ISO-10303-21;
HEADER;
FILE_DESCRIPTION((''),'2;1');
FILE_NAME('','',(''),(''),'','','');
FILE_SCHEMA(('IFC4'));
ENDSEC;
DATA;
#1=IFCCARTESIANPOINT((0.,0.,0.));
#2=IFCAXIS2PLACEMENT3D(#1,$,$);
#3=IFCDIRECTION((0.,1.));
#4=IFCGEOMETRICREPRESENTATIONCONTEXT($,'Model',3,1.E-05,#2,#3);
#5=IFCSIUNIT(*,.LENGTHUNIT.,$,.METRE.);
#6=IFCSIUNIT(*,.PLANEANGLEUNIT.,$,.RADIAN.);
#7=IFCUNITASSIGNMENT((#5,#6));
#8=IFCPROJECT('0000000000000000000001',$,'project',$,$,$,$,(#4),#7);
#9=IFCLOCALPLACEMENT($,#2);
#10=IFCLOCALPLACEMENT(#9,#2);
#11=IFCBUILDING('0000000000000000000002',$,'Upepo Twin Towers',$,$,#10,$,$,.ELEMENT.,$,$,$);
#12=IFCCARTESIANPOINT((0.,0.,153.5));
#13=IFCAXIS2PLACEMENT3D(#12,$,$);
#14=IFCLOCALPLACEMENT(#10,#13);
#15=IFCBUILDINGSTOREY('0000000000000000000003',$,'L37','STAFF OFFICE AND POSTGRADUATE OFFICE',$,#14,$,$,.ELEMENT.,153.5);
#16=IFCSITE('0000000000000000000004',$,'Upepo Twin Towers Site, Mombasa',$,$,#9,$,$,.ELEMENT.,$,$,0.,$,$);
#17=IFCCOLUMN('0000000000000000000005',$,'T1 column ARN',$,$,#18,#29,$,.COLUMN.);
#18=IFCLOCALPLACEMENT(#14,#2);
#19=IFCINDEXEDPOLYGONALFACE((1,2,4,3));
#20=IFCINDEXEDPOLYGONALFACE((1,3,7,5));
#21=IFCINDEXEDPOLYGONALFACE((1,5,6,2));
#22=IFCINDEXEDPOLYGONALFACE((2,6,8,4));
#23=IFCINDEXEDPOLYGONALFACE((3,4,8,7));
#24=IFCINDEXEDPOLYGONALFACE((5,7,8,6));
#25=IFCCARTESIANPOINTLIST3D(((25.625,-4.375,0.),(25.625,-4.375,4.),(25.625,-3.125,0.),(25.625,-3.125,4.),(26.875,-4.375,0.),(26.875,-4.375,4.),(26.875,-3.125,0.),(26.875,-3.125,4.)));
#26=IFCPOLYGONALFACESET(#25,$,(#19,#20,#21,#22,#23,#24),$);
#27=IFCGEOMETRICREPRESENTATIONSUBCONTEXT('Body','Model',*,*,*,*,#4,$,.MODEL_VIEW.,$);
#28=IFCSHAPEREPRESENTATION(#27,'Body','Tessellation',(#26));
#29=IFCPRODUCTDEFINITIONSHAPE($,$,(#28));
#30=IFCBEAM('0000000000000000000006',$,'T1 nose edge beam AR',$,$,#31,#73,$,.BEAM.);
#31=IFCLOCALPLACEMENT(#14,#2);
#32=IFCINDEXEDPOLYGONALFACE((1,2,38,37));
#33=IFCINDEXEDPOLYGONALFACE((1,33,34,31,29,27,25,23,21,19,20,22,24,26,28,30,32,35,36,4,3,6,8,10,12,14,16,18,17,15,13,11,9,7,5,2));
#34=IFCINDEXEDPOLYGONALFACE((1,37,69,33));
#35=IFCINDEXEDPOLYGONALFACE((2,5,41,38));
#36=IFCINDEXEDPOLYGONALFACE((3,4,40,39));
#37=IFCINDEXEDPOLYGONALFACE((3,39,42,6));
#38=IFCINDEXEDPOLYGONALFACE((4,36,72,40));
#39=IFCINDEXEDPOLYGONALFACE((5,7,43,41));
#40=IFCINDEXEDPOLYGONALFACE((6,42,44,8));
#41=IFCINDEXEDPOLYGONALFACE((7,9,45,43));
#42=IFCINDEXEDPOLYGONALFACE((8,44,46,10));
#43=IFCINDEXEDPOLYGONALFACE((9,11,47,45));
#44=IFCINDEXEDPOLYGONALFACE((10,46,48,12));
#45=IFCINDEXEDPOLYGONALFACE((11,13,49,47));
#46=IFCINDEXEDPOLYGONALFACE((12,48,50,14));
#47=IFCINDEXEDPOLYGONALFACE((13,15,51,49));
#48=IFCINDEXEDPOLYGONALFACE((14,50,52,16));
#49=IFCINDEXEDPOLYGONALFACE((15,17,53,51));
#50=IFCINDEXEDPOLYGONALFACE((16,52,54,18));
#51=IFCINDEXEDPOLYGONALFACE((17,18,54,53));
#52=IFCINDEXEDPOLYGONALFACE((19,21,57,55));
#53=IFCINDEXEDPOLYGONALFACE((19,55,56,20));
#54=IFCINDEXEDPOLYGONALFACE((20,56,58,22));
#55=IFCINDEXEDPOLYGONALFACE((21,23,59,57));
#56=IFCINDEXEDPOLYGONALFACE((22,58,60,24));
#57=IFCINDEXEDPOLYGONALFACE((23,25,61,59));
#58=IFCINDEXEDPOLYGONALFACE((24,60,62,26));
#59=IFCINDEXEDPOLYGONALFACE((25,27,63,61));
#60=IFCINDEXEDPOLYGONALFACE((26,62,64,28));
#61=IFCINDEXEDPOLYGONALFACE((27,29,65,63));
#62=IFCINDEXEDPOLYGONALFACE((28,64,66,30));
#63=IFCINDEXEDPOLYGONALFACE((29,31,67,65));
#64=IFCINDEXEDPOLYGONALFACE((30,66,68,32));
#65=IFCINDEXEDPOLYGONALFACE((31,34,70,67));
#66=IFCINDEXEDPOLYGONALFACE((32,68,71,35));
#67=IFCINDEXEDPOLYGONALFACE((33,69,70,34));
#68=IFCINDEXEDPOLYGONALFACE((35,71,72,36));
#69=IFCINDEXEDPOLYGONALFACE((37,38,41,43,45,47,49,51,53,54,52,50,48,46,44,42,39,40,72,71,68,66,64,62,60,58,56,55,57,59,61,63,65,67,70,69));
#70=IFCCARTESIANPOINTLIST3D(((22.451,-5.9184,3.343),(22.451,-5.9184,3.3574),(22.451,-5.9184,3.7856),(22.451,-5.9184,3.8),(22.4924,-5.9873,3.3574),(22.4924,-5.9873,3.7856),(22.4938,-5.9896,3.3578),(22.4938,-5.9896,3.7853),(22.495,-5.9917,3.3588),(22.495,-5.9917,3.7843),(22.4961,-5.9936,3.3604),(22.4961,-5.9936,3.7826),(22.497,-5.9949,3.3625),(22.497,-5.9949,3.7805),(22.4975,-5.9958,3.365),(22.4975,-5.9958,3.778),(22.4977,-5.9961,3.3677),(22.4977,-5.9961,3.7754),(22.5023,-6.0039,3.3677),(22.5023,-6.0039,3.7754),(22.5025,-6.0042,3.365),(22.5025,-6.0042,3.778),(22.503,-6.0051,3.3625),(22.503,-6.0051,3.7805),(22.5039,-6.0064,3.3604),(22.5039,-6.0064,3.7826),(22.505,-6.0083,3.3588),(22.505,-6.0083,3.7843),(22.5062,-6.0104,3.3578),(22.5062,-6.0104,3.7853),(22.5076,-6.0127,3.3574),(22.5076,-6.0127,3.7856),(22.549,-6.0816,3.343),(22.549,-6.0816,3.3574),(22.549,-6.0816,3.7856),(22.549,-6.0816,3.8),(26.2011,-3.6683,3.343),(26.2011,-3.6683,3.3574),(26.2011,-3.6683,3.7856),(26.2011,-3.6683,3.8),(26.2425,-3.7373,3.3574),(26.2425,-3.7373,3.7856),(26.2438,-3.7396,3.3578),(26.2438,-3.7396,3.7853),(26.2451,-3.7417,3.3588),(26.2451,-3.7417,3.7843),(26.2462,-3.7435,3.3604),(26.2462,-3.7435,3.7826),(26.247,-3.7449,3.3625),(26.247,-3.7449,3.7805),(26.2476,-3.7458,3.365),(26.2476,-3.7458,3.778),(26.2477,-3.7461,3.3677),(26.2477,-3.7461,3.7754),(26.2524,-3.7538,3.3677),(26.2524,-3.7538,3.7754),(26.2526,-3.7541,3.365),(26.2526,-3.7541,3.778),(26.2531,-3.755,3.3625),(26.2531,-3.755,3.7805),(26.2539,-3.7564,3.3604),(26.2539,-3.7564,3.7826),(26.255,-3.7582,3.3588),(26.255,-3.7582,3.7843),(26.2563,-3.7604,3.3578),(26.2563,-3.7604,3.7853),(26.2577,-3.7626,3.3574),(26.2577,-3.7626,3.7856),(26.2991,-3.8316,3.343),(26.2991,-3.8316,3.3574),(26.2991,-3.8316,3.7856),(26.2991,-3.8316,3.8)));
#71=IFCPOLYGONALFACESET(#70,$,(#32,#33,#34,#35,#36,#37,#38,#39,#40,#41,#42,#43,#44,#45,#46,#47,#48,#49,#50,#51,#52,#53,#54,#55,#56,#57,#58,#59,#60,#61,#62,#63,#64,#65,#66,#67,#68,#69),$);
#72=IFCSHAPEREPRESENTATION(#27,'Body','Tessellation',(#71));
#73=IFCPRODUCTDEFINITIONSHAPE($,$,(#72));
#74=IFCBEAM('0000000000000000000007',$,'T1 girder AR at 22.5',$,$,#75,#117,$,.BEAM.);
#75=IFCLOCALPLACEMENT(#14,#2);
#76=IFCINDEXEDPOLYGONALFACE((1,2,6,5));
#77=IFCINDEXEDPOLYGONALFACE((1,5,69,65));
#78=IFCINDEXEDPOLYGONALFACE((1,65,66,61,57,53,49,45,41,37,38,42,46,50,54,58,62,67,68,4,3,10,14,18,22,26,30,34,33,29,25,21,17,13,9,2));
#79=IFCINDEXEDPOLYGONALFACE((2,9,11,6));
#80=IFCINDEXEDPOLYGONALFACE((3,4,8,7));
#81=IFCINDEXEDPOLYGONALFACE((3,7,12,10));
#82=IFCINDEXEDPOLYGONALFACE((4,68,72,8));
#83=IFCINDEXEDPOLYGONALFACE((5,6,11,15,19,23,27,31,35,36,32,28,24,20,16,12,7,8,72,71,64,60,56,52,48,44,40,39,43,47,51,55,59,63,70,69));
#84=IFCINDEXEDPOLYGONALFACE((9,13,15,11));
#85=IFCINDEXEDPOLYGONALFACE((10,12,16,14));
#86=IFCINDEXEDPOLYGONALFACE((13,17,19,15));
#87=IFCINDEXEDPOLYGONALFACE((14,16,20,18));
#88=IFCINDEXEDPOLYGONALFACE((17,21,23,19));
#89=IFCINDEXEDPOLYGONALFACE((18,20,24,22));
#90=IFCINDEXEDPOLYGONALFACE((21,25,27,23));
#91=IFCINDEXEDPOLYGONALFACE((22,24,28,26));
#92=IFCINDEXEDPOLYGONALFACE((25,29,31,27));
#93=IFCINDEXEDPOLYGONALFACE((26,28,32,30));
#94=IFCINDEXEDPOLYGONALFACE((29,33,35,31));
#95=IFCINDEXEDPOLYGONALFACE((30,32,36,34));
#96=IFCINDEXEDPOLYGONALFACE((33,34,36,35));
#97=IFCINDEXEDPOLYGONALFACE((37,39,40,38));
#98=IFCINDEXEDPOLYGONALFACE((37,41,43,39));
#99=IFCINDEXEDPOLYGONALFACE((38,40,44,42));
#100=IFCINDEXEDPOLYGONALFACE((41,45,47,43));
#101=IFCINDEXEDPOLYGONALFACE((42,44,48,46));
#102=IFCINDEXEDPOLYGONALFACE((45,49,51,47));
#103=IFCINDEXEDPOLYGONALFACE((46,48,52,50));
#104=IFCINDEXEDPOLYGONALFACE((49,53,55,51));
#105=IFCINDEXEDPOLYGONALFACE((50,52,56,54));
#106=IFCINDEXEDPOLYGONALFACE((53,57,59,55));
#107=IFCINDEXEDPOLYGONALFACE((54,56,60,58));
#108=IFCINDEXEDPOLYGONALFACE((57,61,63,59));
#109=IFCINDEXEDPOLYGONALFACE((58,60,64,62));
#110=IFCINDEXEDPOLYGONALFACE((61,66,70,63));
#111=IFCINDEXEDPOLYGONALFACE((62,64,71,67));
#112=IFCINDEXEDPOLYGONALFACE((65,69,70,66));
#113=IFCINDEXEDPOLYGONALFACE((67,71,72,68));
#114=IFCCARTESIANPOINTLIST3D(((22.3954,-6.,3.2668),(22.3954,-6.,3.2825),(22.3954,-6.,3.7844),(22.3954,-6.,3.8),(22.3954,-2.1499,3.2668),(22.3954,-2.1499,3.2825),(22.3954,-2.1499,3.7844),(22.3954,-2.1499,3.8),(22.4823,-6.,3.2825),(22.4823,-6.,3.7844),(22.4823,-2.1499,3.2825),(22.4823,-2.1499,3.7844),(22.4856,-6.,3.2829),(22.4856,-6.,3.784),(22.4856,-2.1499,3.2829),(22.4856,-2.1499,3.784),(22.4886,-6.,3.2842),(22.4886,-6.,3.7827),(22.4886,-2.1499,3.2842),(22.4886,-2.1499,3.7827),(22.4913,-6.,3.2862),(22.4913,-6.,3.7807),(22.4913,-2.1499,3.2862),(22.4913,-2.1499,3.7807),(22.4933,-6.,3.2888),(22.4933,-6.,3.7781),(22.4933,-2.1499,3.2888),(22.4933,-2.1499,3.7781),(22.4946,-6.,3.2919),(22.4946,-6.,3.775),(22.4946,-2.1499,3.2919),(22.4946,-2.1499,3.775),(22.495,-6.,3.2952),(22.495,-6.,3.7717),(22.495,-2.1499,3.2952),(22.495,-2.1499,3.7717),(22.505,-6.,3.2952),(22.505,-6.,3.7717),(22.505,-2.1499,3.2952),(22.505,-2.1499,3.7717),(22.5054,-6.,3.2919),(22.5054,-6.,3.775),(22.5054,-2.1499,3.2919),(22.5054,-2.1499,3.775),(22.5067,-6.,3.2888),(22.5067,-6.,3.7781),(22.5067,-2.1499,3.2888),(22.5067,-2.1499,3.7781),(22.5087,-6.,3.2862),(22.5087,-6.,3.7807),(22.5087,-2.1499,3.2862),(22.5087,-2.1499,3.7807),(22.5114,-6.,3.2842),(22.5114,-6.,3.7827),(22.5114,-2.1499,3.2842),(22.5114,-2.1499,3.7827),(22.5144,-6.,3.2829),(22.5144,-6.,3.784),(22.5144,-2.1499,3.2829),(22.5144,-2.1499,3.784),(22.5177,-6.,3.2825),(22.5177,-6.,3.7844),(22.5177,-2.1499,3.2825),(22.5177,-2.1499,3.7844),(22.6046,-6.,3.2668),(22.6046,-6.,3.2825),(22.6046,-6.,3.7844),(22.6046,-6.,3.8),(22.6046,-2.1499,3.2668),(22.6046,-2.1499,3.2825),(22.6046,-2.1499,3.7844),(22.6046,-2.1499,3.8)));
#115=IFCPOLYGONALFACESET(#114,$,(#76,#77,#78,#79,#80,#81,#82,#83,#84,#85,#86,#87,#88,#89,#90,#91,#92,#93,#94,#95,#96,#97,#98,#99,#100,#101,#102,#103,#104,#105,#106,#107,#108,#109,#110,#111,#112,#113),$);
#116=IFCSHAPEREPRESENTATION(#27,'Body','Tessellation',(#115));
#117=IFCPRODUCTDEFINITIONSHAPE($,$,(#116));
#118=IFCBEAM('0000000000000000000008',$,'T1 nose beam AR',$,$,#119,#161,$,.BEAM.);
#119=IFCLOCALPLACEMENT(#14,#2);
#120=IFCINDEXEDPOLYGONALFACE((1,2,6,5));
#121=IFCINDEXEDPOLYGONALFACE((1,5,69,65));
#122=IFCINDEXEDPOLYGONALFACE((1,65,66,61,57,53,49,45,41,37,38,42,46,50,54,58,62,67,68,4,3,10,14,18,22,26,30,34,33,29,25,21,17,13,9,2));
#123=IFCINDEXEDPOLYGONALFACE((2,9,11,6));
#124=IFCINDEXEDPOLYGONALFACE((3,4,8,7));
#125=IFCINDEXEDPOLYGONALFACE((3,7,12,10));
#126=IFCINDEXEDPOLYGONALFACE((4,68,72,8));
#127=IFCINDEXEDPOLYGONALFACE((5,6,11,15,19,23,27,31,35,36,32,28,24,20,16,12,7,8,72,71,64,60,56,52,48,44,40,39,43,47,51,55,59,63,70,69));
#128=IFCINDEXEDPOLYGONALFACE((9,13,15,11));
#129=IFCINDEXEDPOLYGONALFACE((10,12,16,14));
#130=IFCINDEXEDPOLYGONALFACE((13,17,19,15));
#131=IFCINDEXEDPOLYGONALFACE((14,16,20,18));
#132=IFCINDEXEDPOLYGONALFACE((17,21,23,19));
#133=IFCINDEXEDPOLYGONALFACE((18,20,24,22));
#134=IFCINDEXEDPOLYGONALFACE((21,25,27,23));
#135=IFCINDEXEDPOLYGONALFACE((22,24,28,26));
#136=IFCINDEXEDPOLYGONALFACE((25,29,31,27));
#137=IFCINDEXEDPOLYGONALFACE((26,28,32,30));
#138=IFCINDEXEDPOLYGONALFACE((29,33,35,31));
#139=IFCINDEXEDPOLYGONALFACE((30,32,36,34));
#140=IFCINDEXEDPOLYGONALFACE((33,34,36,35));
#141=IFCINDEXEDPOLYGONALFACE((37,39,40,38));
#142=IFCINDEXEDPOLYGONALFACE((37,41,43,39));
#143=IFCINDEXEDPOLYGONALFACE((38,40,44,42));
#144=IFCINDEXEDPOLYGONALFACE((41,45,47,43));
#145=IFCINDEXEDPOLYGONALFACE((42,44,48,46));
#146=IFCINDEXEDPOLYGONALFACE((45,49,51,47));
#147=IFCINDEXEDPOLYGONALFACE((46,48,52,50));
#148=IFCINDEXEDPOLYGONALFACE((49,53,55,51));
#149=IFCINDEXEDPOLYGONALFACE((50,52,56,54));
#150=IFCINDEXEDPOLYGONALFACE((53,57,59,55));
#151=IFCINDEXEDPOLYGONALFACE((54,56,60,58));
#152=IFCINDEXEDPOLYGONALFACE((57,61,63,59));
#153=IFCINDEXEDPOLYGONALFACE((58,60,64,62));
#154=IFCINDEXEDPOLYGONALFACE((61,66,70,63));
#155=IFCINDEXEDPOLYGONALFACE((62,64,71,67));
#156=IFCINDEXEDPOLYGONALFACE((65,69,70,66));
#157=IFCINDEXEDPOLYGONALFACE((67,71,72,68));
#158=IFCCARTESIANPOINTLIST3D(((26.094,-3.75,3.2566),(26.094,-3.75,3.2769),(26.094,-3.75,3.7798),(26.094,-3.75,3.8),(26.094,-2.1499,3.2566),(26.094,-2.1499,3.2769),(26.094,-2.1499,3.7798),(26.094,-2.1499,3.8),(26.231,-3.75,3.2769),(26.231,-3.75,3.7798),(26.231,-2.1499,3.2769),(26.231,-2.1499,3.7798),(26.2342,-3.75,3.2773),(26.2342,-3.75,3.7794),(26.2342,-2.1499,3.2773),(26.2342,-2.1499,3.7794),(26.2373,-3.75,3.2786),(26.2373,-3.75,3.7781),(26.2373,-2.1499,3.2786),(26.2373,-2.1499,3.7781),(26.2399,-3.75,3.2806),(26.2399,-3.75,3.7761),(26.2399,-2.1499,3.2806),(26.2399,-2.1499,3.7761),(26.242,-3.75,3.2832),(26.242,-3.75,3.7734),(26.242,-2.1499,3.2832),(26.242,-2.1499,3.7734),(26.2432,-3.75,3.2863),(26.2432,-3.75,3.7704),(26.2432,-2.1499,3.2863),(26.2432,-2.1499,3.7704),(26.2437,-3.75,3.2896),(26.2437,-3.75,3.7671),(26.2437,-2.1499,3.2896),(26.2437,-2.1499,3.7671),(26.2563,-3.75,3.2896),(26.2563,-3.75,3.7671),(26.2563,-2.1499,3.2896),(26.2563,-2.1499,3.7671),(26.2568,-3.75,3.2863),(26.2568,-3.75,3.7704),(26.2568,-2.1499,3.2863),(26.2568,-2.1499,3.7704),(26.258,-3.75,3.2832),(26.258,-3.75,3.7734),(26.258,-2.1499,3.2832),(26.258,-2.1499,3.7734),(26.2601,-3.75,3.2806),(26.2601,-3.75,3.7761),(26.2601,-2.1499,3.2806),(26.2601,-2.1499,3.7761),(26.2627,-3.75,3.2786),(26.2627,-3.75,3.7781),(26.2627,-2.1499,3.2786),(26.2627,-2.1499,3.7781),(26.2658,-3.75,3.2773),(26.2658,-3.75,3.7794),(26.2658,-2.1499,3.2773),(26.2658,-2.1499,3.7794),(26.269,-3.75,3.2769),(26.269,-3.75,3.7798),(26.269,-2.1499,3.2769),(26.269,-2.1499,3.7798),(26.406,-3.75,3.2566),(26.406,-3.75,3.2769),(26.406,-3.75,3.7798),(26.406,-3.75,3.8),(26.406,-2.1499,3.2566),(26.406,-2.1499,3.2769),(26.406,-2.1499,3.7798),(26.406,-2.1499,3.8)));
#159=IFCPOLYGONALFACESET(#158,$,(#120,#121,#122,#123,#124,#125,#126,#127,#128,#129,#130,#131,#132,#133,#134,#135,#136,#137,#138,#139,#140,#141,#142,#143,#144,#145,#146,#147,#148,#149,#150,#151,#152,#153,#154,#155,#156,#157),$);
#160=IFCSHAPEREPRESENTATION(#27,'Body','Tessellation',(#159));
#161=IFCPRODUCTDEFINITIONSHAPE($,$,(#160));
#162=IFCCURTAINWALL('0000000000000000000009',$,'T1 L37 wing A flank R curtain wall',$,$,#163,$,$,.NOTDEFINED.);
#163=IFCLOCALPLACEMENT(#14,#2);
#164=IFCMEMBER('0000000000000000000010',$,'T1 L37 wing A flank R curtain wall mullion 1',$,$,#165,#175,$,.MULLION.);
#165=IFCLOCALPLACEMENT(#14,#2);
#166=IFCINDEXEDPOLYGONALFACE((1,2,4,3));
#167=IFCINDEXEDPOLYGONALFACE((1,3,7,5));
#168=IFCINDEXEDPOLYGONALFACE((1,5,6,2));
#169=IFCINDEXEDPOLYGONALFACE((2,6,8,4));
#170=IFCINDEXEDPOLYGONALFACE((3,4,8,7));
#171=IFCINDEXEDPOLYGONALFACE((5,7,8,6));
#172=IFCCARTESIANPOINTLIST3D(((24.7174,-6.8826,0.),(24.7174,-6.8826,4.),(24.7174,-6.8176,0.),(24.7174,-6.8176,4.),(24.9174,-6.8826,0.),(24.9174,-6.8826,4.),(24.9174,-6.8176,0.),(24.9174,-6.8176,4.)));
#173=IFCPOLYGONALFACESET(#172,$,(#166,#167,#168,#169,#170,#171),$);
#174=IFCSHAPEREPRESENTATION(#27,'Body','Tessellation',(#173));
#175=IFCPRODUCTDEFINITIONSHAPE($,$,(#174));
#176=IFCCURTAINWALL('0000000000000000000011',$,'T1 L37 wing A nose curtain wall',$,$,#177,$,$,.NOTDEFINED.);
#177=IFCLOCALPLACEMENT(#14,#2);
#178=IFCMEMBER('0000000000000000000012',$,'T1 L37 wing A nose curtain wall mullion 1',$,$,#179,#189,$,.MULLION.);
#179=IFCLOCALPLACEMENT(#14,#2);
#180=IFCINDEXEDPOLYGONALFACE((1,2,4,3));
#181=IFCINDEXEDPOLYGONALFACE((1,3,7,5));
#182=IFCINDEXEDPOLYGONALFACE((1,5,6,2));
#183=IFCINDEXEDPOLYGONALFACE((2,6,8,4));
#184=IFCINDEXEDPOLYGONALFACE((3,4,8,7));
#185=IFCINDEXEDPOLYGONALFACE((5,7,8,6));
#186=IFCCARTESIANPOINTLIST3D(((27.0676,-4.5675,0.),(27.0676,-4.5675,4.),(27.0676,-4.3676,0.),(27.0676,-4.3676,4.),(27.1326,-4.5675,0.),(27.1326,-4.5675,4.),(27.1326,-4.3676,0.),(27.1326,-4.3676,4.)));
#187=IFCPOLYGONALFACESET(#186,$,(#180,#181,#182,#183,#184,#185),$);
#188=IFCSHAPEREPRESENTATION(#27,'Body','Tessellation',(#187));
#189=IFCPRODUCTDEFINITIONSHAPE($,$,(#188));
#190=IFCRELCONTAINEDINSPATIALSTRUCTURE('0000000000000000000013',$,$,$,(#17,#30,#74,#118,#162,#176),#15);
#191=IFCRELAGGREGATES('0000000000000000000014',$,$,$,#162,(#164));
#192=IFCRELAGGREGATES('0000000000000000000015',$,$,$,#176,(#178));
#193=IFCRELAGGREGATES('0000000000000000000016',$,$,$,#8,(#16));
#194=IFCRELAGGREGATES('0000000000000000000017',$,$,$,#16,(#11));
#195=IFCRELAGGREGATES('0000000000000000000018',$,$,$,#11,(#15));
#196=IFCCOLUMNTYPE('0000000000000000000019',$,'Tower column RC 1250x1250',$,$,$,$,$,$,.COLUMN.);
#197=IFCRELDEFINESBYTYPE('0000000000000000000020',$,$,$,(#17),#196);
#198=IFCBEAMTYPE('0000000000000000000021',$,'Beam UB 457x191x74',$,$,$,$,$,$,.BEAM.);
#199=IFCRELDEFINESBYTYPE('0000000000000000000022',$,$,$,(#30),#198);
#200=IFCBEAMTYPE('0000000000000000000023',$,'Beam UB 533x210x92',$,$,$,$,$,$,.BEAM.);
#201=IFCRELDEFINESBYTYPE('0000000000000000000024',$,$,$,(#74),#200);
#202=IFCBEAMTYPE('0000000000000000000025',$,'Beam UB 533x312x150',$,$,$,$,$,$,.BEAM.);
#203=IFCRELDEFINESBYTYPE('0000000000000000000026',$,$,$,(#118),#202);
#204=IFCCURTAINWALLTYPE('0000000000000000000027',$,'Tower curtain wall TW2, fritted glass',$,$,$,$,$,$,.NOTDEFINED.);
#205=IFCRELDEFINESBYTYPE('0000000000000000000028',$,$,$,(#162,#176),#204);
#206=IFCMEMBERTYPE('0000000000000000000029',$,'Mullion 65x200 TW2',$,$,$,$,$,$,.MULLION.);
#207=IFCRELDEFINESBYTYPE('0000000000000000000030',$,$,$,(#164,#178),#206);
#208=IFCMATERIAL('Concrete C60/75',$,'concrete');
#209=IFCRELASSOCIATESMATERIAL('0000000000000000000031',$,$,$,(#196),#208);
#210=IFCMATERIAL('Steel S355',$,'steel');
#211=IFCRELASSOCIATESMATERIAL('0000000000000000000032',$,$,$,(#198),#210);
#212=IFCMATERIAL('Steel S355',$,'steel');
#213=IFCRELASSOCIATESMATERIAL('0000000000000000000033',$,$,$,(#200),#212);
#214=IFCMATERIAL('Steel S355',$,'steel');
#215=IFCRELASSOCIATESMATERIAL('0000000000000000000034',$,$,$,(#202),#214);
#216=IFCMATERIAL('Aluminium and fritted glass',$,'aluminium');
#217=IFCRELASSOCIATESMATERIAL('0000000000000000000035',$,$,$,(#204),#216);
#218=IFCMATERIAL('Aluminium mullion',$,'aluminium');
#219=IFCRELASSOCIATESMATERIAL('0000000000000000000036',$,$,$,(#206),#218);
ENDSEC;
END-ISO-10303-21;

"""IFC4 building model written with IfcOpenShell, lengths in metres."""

from ifc_helpers import new_model, si_unit, direction, frame, origin, origin_2d, place, context, subcontext, project, spatial, rectangle, i_section, extrude, material, material_profile, profile_set, type_object, element, aggregate, save


model = new_model("IFC4")

# Units and contexts
model_context = context("Model", 3, precision=1e-05, world=origin(), true_north=direction((0.0, 1.0)))
body_context = subcontext(model_context, "Body", "Model", "MODEL_VIEW")
ifc_project = project(units=[si_unit("LENGTHUNIT", "METRE"), si_unit("PLANEANGLEUNIT", "RADIAN")], contexts=[model_context])

# Site, building, storey
site_placement = place(None, origin())
site = spatial("IfcSite", under=ifc_project, at=site_placement, Name="Upepo Twin Towers Site, Mombasa", CompositionType="ELEMENT", RefElevation=0.0)
building_placement = place(site_placement, origin())
building = spatial("IfcBuilding", under=site, at=building_placement, Name="Upepo Twin Towers", CompositionType="ELEMENT")
storey_placement = place(building_placement, frame((0.0, 0.0, 153.5)))
storey = spatial("IfcBuildingStorey", under=building, at=storey_placement, Name="L37", Description="STAFF OFFICE AND POSTGRADUATE OFFICE", CompositionType="ELEMENT", Elevation=153.5)

# Column
ifc_material_1 = material(Name="Concrete C60/75", Category="concrete")
ifc_material_profile_1 = material_profile(ifc_material_1, rectangle(XDim=1.25, YDim=1.25, at=origin_2d()), Name="RC 1250x1250")
ifc_profile_set_1 = profile_set([ifc_material_profile_1], Name="Concrete C60/75")
column_type = type_object("IfcColumnType", Name="Tower column RC 1250x1250", PredefinedType="COLUMN", material=ifc_profile_set_1)
column_placement = place(storey_placement, frame((26.25, -3.75, 0.0), z_axis=(0.0, 0.0, 1.0), x_axis=(1.0, 0.0, 0.0)))
element("IfcColumn", 1, at=column_placement, inside=storey, type_object=column_type, Name="T1 column ARN", PredefinedType="COLUMN", context=body_context, shape_type="SweptSolid", body=[
    extrude(rectangle(XDim=1.25, YDim=1.25, at=origin_2d()), origin(), (0.0, 0.0, 1.0), 4.0),
])

# Beams
ifc_material_2 = material(Name="Steel S355", Category="steel")
ifc_material_profile_2 = material_profile(ifc_material_2, i_section(OverallWidth=0.1904, OverallDepth=0.457, WebThickness=0.009, FlangeThickness=0.0144, FilletRadius=0.0103, at=origin_2d()), Name="UB 457x191x74")
ifc_profile_set_2 = profile_set([ifc_material_profile_2], Name="Steel S355")
beam_type_1 = type_object("IfcBeamType", Name="Beam UB 457x191x74", PredefinedType="BEAM", material=ifc_profile_set_2)
beam_1_placement = place(storey_placement, frame((22.5, -6.0, 3.5715), z_axis=(0.857493, 0.514496, 0.0), x_axis=(-0.514496, 0.857493, 0.0)))
element("IfcBeam", 2, at=beam_1_placement, inside=storey, type_object=beam_type_1, Name="T1 nose edge beam AR", PredefinedType="BEAM", context=body_context, shape_type="SweptSolid", body=[
    extrude(i_section(OverallWidth=0.1904, OverallDepth=0.457, WebThickness=0.009, FlangeThickness=0.0144, FilletRadius=0.0103, at=origin_2d()), origin(), (0.0, 0.0, 1.0), 4.3733),
])
ifc_material_3 = material(Name="Steel S355", Category="steel")
ifc_material_profile_3 = material_profile(ifc_material_3, i_section(OverallWidth=0.2092, OverallDepth=0.5332, WebThickness=0.01, FlangeThickness=0.0156, FilletRadius=0.0127, at=origin_2d()), Name="UB 533x210x92")
ifc_profile_set_3 = profile_set([ifc_material_profile_3], Name="Steel S355")
beam_type_2 = type_object("IfcBeamType", Name="Beam UB 533x210x92", PredefinedType="BEAM", material=ifc_profile_set_3)
beam_2_placement = place(storey_placement, frame((22.5, -6.0, 3.5334), z_axis=(0.0, 1.0, 0.0), x_axis=(-1.0, 0.0, 0.0)))
element("IfcBeam", 3, at=beam_2_placement, inside=storey, type_object=beam_type_2, Name="T1 girder AR at 22.5", PredefinedType="BEAM", context=body_context, shape_type="SweptSolid", body=[
    extrude(i_section(OverallWidth=0.2092, OverallDepth=0.5332, WebThickness=0.01, FlangeThickness=0.0156, FilletRadius=0.0127, at=origin_2d()), origin(), (0.0, 0.0, 1.0), 3.8501),
])
ifc_material_4 = material(Name="Steel S355", Category="steel")
ifc_material_profile_4 = material_profile(ifc_material_4, i_section(OverallWidth=0.312, OverallDepth=0.5435, WebThickness=0.0127, FlangeThickness=0.0203, FilletRadius=0.0127, at=origin_2d()), Name="UB 533x312x150")
ifc_profile_set_4 = profile_set([ifc_material_profile_4], Name="Steel S355")
beam_type_3 = type_object("IfcBeamType", Name="Beam UB 533x312x150", PredefinedType="BEAM", material=ifc_profile_set_4)
beam_3_placement = place(storey_placement, frame((26.25, -3.75, 3.5283), z_axis=(0.0, 1.0, 0.0), x_axis=(-1.0, 0.0, 0.0)))
element("IfcBeam", 4, at=beam_3_placement, inside=storey, type_object=beam_type_3, Name="T1 nose beam AR", PredefinedType="BEAM", context=body_context, shape_type="SweptSolid", body=[
    extrude(i_section(OverallWidth=0.312, OverallDepth=0.5435, WebThickness=0.0127, FlangeThickness=0.0203, FilletRadius=0.0127, at=origin_2d()), origin(), (0.0, 0.0, 1.0), 1.6001),
])

# Curtain wall, member
ifc_material_5 = material(Name="Aluminium and fritted glass", Category="aluminium")
curtain_wall_type = type_object("IfcCurtainWallType", Name="Tower curtain wall TW2, fritted glass", PredefinedType="NOTDEFINED", material=ifc_material_5)
curtain_wall_1_placement = place(storey_placement, origin())
curtain_wall_1 = element("IfcCurtainWall", 5, at=curtain_wall_1_placement, inside=storey, type_object=curtain_wall_type, Name="T1 L37 wing A flank R curtain wall", PredefinedType="NOTDEFINED")
ifc_material_6 = material(Name="Aluminium mullion", Category="aluminium")
ifc_material_profile_5 = material_profile(ifc_material_6, rectangle(XDim=0.0649, YDim=0.2, at=origin_2d()), Name="MULLION 65x200")
ifc_profile_set_5 = profile_set([ifc_material_profile_5], Name="Aluminium mullion")
member_type_1 = type_object("IfcMemberType", Name="Mullion 65x200 TW2", PredefinedType="MULLION", material=ifc_profile_set_5)
member_1_placement = place(storey_placement, frame((24.8174, -6.8501, 0.0), z_axis=(0.0, 0.0, 1.0), x_axis=(0.0, -1.0, 0.0)))
member_1 = element("IfcMember", 6, at=member_1_placement, type_object=member_type_1, Name="T1 L37 wing A flank R curtain wall mullion 1", PredefinedType="MULLION", context=body_context, shape_type="SweptSolid", body=[
    extrude(rectangle(XDim=0.0649, YDim=0.2, at=origin_2d()), origin(), (0.0, 0.0, 1.0), 4.0),
])

# Curtain wall, member
curtain_wall_2_placement = place(storey_placement, origin())
curtain_wall_2 = element("IfcCurtainWall", 7, at=curtain_wall_2_placement, inside=storey, type_object=curtain_wall_type, Name="T1 L37 wing A nose curtain wall", PredefinedType="NOTDEFINED")
member_2_placement = place(storey_placement, frame((27.1001, -4.4675, 0.0), z_axis=(0.0, 0.0, 1.0), x_axis=(-1.0, 0.0, 0.0)))
member_2 = element("IfcMember", 8, at=member_2_placement, type_object=member_type_1, Name="T1 L37 wing A nose curtain wall mullion 1", PredefinedType="MULLION", context=body_context, shape_type="SweptSolid", body=[
    extrude(rectangle(XDim=0.0649, YDim=0.2, at=origin_2d()), origin(), (0.0, 0.0, 1.0), 4.0),
])

aggregate(curtain_wall_1, [member_1])
aggregate(curtain_wall_2, [member_2])

save(model, "model.ifc")
